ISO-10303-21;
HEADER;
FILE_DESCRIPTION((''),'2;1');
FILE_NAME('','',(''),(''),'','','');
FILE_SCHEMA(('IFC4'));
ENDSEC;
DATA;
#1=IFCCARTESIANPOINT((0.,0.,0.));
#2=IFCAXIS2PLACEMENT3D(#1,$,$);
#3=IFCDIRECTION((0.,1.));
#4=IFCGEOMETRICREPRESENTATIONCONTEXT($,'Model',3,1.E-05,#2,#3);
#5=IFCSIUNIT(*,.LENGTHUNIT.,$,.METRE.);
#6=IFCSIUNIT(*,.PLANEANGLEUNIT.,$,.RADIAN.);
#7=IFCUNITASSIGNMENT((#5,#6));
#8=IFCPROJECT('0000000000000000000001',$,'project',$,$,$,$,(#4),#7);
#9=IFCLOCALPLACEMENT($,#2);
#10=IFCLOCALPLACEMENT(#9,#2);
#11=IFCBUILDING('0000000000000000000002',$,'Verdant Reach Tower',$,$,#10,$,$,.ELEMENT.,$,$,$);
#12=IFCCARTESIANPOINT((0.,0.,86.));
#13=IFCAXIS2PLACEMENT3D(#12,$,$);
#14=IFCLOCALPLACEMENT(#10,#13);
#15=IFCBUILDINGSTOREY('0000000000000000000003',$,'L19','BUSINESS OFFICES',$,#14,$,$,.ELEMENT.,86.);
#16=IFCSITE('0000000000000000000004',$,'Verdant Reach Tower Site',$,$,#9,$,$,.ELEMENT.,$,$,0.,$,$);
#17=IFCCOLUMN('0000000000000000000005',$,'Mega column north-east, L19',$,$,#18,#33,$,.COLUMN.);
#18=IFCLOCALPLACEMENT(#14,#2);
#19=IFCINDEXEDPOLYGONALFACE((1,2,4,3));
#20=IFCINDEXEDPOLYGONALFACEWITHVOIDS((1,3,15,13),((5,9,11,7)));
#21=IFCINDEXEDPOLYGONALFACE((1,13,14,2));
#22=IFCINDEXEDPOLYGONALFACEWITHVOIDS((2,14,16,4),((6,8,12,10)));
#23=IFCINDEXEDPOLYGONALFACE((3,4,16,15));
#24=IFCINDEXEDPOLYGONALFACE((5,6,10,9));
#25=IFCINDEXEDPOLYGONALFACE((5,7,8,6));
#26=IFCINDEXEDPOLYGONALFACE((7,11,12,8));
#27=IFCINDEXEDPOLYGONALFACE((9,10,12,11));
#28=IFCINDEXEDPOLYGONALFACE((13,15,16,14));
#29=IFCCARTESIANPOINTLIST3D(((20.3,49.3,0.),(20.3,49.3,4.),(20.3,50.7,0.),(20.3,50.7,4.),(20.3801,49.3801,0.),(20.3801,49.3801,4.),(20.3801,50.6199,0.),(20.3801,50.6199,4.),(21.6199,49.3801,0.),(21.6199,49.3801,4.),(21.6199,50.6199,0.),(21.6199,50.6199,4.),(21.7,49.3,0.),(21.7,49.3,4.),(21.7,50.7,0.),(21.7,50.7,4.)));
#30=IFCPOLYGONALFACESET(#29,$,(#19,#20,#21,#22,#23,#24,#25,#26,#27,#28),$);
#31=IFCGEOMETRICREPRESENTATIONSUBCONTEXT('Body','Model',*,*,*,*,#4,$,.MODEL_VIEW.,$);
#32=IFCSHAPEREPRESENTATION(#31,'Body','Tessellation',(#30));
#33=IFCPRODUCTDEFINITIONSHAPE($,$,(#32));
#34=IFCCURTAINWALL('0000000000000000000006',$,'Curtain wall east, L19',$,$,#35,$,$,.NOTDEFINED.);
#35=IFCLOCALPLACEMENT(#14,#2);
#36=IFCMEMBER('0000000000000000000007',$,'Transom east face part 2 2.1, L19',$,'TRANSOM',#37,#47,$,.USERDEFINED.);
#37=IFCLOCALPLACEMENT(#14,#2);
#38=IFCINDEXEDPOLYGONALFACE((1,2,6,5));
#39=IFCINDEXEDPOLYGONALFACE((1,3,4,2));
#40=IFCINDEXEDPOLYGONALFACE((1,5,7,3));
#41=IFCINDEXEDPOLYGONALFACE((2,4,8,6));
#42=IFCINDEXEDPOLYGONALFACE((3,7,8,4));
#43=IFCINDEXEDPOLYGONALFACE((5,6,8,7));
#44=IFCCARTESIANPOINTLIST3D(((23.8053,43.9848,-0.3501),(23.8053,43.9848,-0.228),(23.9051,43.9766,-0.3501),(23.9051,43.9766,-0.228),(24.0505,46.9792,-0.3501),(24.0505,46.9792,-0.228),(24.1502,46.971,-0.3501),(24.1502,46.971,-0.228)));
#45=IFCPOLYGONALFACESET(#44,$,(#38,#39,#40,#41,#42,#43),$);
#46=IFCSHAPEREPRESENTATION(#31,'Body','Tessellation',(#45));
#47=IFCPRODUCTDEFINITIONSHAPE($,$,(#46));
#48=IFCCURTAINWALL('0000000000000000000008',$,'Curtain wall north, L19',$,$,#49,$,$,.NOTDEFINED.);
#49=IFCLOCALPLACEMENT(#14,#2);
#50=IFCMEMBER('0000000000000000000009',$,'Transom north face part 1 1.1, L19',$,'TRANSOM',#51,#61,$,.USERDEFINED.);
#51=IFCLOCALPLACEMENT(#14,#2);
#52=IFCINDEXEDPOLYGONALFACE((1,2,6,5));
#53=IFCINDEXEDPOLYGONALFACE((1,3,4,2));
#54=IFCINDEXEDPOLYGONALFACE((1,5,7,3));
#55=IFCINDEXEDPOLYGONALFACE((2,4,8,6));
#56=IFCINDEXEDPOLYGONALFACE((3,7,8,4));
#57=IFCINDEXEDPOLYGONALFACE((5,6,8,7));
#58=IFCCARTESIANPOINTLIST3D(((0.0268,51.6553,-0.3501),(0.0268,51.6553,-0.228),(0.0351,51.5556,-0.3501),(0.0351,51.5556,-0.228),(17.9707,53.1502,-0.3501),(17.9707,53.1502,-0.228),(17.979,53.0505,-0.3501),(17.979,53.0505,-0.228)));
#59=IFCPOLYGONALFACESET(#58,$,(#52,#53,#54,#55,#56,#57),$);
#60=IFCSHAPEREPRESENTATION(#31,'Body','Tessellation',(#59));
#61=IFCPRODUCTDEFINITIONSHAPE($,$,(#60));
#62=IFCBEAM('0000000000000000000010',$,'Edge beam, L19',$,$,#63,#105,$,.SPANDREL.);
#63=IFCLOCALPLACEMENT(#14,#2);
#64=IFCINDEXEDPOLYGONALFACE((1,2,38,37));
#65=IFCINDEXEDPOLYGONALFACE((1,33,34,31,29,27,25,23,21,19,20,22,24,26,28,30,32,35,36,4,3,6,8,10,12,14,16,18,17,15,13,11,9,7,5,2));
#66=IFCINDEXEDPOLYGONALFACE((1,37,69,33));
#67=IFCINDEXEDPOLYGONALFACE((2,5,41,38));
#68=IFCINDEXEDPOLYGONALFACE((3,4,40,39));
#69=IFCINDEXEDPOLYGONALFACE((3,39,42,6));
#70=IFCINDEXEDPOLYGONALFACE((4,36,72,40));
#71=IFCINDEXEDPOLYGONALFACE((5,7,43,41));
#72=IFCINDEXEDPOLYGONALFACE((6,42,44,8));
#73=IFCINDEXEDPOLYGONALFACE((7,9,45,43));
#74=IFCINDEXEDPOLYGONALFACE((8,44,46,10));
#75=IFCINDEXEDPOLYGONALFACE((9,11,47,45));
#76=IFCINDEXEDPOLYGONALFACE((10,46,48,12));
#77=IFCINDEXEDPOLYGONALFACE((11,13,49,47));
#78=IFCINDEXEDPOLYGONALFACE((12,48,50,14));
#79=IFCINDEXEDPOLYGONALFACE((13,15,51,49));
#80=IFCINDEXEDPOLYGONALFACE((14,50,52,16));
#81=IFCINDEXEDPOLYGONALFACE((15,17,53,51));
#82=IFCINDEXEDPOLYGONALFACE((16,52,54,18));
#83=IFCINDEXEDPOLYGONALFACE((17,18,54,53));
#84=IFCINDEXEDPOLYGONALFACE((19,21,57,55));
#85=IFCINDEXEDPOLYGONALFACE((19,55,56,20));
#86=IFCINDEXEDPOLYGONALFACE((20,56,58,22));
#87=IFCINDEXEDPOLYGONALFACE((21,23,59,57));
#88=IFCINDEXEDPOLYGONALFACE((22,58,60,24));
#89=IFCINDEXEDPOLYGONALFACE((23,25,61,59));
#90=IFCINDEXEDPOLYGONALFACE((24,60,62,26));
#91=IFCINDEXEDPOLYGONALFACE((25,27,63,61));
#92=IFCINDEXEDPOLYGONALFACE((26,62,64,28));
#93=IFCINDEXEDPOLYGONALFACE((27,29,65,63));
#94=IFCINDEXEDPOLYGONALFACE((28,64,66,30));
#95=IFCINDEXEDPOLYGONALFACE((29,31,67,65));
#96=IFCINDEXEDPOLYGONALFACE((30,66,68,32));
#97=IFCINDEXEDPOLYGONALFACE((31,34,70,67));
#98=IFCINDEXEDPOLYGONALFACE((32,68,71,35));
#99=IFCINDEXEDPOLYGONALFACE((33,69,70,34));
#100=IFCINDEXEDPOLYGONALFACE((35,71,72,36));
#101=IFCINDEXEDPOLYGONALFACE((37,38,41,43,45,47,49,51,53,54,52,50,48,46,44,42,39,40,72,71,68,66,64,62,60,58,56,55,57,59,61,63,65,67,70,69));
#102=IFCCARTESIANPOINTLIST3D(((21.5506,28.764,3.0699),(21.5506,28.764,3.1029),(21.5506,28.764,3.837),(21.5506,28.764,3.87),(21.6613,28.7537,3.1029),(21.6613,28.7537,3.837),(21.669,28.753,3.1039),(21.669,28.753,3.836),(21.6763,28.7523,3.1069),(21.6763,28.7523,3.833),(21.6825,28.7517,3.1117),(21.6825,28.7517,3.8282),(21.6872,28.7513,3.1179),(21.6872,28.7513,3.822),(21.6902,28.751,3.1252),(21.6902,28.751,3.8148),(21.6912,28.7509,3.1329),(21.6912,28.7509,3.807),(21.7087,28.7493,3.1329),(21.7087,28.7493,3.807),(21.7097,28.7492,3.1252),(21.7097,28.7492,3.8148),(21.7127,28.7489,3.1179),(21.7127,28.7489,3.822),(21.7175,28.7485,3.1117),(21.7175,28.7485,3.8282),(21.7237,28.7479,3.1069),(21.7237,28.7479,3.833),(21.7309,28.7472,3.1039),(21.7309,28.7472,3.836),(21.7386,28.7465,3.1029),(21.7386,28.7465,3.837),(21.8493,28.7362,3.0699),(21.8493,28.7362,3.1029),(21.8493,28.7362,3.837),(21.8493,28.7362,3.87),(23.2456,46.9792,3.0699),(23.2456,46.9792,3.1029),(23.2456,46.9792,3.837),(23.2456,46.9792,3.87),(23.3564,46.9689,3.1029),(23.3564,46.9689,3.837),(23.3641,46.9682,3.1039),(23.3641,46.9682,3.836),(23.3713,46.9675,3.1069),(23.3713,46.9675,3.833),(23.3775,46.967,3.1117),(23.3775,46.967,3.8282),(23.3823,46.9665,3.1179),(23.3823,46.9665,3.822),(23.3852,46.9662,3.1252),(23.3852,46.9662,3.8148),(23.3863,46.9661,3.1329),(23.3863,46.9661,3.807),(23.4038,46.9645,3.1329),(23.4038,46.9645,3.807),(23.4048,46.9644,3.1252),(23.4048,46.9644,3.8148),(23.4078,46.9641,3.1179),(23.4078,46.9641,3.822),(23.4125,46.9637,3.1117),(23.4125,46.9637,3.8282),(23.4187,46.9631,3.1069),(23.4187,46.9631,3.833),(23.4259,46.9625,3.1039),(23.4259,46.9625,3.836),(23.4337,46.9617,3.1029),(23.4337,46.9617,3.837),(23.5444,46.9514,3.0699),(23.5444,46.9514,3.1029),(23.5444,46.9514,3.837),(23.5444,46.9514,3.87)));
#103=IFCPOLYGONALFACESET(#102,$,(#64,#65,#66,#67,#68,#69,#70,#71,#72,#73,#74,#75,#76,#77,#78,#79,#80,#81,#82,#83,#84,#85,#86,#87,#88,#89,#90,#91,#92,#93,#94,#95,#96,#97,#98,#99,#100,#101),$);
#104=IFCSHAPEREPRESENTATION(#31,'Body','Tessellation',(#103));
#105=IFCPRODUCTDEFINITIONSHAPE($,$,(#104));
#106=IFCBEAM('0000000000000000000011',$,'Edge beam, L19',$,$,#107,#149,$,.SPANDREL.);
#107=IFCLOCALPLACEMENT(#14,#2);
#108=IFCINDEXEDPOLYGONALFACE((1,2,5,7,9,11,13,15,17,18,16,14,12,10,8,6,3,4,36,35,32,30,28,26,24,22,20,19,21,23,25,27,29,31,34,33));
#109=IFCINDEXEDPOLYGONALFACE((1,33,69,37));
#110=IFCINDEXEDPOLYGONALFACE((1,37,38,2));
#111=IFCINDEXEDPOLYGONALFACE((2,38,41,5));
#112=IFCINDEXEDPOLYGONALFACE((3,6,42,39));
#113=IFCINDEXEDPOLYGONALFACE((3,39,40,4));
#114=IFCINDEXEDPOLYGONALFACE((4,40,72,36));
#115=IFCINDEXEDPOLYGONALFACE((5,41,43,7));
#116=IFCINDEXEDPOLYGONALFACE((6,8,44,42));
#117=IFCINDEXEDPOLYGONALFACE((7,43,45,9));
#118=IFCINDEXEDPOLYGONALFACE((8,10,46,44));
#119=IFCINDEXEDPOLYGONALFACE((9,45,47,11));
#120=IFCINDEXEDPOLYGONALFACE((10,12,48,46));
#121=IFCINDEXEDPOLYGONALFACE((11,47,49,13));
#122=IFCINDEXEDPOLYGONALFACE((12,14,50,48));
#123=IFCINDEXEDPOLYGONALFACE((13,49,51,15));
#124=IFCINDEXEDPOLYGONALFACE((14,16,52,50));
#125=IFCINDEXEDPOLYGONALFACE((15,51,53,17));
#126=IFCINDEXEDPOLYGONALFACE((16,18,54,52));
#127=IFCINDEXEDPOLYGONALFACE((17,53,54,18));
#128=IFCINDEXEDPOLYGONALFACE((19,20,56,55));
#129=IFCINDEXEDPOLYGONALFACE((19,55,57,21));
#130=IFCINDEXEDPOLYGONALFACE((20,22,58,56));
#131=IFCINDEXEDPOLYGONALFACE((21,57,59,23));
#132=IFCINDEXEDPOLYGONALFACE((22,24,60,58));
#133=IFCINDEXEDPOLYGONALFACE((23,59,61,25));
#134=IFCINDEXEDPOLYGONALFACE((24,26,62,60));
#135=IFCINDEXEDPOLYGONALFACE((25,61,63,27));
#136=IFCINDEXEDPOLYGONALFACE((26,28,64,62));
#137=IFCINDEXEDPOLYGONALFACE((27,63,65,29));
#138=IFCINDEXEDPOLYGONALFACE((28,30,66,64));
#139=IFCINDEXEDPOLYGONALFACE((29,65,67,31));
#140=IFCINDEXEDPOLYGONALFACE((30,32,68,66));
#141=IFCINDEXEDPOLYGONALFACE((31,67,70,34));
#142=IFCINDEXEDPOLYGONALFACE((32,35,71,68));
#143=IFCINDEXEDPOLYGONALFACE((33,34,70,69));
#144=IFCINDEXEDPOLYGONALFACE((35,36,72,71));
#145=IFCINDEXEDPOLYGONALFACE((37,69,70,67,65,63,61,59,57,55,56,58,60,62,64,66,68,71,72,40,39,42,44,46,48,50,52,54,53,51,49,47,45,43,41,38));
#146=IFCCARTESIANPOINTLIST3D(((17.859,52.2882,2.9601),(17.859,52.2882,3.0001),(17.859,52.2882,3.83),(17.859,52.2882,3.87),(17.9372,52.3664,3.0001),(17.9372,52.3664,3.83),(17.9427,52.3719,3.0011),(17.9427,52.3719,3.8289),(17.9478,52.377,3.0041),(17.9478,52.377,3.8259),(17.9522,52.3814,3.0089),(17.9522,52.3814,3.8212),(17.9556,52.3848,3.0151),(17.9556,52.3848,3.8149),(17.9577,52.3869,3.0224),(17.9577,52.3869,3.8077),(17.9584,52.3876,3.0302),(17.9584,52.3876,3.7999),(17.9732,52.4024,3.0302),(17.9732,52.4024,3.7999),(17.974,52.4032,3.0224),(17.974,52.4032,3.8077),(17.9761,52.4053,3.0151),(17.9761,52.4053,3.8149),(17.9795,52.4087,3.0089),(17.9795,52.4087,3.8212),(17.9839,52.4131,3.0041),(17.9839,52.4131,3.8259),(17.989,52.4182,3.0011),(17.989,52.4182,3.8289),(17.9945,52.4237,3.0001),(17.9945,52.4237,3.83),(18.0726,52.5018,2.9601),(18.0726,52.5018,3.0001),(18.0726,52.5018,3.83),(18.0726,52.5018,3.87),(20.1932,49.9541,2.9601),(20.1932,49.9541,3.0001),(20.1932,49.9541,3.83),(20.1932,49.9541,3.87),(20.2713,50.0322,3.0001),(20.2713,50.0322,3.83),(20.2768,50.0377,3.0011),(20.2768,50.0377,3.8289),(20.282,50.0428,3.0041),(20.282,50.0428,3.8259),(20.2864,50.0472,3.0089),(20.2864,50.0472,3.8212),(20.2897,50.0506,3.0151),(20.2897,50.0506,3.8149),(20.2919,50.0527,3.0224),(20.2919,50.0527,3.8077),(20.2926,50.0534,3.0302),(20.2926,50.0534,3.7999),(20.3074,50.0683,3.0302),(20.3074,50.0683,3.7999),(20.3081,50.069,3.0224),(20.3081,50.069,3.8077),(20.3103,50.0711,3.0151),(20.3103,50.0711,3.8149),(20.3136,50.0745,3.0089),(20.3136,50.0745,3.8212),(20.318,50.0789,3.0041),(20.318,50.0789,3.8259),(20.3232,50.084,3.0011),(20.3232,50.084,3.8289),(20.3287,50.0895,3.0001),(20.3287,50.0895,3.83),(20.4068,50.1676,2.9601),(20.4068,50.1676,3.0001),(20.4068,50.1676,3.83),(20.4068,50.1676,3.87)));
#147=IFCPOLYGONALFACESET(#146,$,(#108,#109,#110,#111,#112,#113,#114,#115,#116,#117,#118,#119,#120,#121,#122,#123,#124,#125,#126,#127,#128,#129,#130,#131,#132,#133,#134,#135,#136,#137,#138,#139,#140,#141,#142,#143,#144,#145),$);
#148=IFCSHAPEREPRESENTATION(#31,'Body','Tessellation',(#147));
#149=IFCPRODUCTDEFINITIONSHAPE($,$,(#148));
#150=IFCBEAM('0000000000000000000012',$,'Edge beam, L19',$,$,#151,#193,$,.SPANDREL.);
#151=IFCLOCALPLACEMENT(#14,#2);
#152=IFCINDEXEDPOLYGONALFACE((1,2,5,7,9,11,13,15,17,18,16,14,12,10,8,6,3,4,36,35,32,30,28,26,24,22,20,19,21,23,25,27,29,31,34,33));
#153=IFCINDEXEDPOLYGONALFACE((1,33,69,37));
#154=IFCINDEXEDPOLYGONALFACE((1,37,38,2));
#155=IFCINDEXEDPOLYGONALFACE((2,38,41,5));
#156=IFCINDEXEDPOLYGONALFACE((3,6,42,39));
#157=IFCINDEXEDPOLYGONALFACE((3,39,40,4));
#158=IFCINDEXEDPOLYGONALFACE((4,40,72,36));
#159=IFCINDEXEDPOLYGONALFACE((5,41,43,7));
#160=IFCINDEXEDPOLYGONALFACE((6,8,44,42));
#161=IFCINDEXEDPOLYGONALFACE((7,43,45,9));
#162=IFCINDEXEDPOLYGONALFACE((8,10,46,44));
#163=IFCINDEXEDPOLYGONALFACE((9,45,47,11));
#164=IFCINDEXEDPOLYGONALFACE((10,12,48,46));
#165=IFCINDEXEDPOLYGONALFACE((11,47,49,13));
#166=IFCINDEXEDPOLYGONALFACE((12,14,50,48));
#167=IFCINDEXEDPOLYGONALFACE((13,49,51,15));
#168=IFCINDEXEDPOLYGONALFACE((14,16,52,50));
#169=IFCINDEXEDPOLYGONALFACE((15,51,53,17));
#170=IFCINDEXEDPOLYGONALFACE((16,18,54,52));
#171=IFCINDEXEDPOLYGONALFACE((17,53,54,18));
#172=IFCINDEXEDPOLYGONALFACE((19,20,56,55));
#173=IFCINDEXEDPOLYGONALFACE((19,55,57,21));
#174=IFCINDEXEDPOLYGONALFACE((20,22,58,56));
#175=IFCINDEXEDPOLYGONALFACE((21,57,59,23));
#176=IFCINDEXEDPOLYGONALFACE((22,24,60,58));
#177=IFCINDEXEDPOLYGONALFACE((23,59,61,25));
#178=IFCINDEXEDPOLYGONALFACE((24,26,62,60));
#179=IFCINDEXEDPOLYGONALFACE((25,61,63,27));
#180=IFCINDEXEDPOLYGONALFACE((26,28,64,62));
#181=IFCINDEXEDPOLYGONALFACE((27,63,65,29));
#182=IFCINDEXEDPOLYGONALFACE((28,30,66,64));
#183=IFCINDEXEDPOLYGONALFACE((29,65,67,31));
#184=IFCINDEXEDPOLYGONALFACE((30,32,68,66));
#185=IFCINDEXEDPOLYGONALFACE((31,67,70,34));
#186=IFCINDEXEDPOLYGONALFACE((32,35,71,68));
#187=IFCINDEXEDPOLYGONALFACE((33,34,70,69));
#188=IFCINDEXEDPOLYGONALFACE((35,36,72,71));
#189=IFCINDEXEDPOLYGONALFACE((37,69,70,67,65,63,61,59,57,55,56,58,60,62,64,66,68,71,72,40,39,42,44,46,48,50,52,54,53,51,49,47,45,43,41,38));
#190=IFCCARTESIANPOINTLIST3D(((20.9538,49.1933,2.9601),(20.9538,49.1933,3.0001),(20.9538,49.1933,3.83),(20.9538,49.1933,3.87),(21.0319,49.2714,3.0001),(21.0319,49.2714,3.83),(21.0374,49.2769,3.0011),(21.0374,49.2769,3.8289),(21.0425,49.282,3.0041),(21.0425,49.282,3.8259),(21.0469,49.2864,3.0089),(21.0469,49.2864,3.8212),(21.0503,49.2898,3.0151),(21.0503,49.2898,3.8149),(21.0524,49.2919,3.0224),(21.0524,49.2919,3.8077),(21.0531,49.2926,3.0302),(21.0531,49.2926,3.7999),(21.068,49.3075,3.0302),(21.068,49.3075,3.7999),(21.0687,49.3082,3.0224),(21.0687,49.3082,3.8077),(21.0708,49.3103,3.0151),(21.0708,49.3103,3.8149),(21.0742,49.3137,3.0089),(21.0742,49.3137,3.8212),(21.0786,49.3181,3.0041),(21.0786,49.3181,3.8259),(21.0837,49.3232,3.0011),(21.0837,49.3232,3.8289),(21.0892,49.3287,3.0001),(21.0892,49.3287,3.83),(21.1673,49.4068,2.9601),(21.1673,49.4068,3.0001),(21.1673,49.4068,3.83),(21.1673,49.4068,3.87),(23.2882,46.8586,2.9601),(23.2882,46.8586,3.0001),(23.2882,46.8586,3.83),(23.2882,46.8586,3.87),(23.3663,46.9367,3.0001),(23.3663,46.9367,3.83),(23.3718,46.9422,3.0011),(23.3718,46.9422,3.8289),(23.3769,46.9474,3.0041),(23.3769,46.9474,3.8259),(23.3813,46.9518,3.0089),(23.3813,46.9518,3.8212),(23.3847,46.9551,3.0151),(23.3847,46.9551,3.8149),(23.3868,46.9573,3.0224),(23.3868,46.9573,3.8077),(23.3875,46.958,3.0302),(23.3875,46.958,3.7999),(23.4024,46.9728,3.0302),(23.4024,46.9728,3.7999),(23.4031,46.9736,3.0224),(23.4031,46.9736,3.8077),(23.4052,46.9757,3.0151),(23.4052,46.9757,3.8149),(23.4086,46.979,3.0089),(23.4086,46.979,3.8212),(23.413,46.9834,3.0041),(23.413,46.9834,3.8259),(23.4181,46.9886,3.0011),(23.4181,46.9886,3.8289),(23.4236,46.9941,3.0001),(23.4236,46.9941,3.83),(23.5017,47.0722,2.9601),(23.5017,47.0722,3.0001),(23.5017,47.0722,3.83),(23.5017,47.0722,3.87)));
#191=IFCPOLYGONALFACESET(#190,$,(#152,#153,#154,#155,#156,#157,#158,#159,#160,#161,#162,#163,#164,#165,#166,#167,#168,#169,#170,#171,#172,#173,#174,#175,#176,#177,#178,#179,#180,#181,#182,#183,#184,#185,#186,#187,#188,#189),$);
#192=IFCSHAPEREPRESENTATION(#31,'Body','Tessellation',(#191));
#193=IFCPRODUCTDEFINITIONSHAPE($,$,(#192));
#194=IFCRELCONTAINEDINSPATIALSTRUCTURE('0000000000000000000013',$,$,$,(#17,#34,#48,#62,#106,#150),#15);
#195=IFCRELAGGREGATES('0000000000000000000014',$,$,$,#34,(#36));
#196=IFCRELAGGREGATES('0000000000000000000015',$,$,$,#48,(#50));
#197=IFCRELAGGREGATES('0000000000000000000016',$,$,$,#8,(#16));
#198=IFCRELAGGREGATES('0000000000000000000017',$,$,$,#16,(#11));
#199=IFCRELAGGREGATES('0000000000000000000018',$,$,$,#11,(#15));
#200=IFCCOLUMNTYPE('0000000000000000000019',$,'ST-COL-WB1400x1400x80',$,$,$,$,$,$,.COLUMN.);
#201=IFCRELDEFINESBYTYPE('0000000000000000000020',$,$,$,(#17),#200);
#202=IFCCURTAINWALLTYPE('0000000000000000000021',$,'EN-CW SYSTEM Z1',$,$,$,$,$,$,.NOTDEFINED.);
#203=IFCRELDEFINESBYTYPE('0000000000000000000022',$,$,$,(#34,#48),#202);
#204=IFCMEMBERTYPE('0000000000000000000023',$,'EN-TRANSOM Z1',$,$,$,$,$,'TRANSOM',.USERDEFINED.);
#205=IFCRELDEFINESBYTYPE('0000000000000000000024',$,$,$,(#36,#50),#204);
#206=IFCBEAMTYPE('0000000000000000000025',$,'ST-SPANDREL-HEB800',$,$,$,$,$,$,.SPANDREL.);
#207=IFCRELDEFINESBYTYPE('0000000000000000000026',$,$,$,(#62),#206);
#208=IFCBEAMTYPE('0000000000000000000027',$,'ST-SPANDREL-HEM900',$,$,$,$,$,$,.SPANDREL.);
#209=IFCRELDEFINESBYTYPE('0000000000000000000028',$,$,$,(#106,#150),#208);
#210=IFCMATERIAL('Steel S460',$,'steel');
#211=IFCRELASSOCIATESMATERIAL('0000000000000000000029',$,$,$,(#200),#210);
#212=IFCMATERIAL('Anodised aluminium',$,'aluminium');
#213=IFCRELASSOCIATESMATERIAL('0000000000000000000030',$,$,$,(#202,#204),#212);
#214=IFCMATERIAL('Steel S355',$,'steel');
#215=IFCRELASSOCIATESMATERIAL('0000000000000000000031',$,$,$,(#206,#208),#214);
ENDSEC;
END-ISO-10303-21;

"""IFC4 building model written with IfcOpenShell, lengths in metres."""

from ifc_helpers import new_model, si_unit, direction, frame, origin, origin_2d, place, context, subcontext, project, spatial, rectangle, hollow_rectangle, i_section, extrude, material, material_profile, profile_set, type_object, element, aggregate, save


model = new_model("IFC4")

# Units and contexts
model_context = context("Model", 3, precision=1e-05, world=origin(), true_north=direction((0.0, 1.0)))
body_context = subcontext(model_context, "Body", "Model", "MODEL_VIEW")
ifc_project = project(units=[si_unit("LENGTHUNIT", "METRE"), si_unit("PLANEANGLEUNIT", "RADIAN")], contexts=[model_context])

# Site, building, storey
site_placement = place(None, origin())
site = spatial("IfcSite", under=ifc_project, at=site_placement, Name="Verdant Reach Tower Site", CompositionType="ELEMENT", RefElevation=0.0)
building_placement = place(site_placement, origin())
building = spatial("IfcBuilding", under=site, at=building_placement, Name="Verdant Reach Tower", CompositionType="ELEMENT")
storey_placement = place(building_placement, frame((0.0, 0.0, 86.0)))
storey = spatial("IfcBuildingStorey", under=building, at=storey_placement, Name="L19", Description="BUSINESS OFFICES", CompositionType="ELEMENT", Elevation=86.0)

# Column
ifc_material_1 = material(Name="Steel S460", Category="steel")
ifc_material_profile_1 = material_profile(ifc_material_1, hollow_rectangle(XDim=1.3999, YDim=1.3999, WallThickness=0.0801, at=origin_2d()), Name="WB 1400x1400x80")
ifc_profile_set_1 = profile_set([ifc_material_profile_1], Name="Steel S460")
column_type = type_object("IfcColumnType", Name="ST-COL-WB1400x1400x80", PredefinedType="COLUMN", material=ifc_profile_set_1)
column_placement = place(storey_placement, frame((21.0, 50.0, 0.0), z_axis=(0.0, 0.0, 1.0), x_axis=(1.0, 0.0, 0.0)))
element("IfcColumn", 1, at=column_placement, inside=storey, type_object=column_type, Name="Mega column north-east, L19", PredefinedType="COLUMN", context=body_context, shape_type="SweptSolid", body=[
    extrude(hollow_rectangle(XDim=1.3999, YDim=1.3999, WallThickness=0.0801, at=origin_2d()), origin(), (0.0, 0.0, 1.0), 4.0),
])

# Curtain walls, members
ifc_material_2 = material(Name="Anodised aluminium", Category="aluminium")
curtain_wall_type = type_object("IfcCurtainWallType", Name="EN-CW SYSTEM Z1", PredefinedType="NOTDEFINED", material=ifc_material_2)
curtain_wall_1_placement = place(storey_placement, origin())
curtain_wall_1 = element("IfcCurtainWall", 2, at=curtain_wall_1_placement, inside=storey, type_object=curtain_wall_type, Name="Curtain wall east, L19", PredefinedType="NOTDEFINED")
ifc_material_profile_2 = material_profile(ifc_material_2, rectangle(XDim=0.1001, YDim=0.1221, at=origin_2d()), Name="Transom 122x100")
ifc_profile_set_2 = profile_set([ifc_material_profile_2], Name="Anodised aluminium")
member_type = type_object("IfcMemberType", Name="EN-TRANSOM Z1", ElementType="TRANSOM", PredefinedType="USERDEFINED", material=ifc_profile_set_2)
member_1_placement = place(storey_placement, frame((23.8552, 43.9807, -0.2891), z_axis=(0.081586, 0.996666, 0.0), x_axis=(-0.996666, 0.081586, 0.0)))
member_1 = element("IfcMember", 3, at=member_1_placement, type_object=member_type, Name="Transom east face part 2 2.1, L19", ObjectType="TRANSOM", PredefinedType="USERDEFINED", context=body_context, shape_type="SweptSolid", body=[
    extrude(rectangle(XDim=0.1001, YDim=0.1221, at=origin_2d()), origin(), (0.0, 0.0, 1.0), 3.0044),
])
curtain_wall_2_placement = place(storey_placement, origin())
curtain_wall_2 = element("IfcCurtainWall", 4, at=curtain_wall_2_placement, inside=storey, type_object=curtain_wall_type, Name="Curtain wall north, L19", PredefinedType="NOTDEFINED")
member_2_placement = place(storey_placement, frame((17.9749, 53.1003, -0.2891), z_axis=(-0.996548, -0.083021, 0.0), x_axis=(0.083021, -0.996548, 0.0)))
member_2 = element("IfcMember", 5, at=member_2_placement, type_object=member_type, Name="Transom north face part 1 1.1, L19", ObjectType="TRANSOM", PredefinedType="USERDEFINED", context=body_context, shape_type="SweptSolid", body=[
    extrude(rectangle(XDim=0.1001, YDim=0.1221, at=origin_2d()), origin(), (0.0, 0.0, 1.0), 18.0061),
])

# Beams
ifc_material_3 = material(Name="Steel S355", Category="steel")
ifc_material_profile_3 = material_profile(ifc_material_3, i_section(OverallWidth=0.3, OverallDepth=0.8, WebThickness=0.0176, FlangeThickness=0.033, FilletRadius=0.03, at=origin_2d()), Name="HEB 800")
ifc_profile_set_3 = profile_set([ifc_material_profile_3], Name="Steel S355")
beam_type_1 = type_object("IfcBeamType", Name="ST-SPANDREL-HEB800", PredefinedType="SPANDREL", material=ifc_profile_set_3)
beam_1_placement = place(storey_placement, frame((23.395, 46.9653, 3.47), z_axis=(-0.092657, -0.995698, 0.0), x_axis=(0.995698, -0.092657, 0.0)))
element("IfcBeam", 6, at=beam_1_placement, inside=storey, type_object=beam_type_1, Name="Edge beam, L19", PredefinedType="SPANDREL", context=body_context, shape_type="SweptSolid", body=[
    extrude(i_section(OverallWidth=0.3, OverallDepth=0.8, WebThickness=0.0176, FlangeThickness=0.033, FilletRadius=0.03, at=origin_2d()), origin(), (0.0, 0.0, 1.0), 18.2939),
])
ifc_material_profile_4 = material_profile(ifc_material_3, i_section(OverallWidth=0.302, OverallDepth=0.9099, WebThickness=0.021, FlangeThickness=0.04, FilletRadius=0.03, at=origin_2d()), Name="HEM 900")
ifc_profile_set_4 = profile_set([ifc_material_profile_4], Name="Steel S355")
beam_type_2 = type_object("IfcBeamType", Name="ST-SPANDREL-HEM900", PredefinedType="SPANDREL", material=ifc_profile_set_4)
beam_2_placement = place(storey_placement, frame((17.9658, 52.395, 3.415), z_axis=(0.707107, -0.707107, 0.0), x_axis=(0.707107, 0.707107, 0.0)))
element("IfcBeam", 7, at=beam_2_placement, inside=storey, type_object=beam_type_2, Name="Edge beam, L19", PredefinedType="SPANDREL", context=body_context, shape_type="SweptSolid", body=[
    extrude(i_section(OverallWidth=0.302, OverallDepth=0.9099, WebThickness=0.021, FlangeThickness=0.04, FilletRadius=0.03, at=origin_2d()), origin(), (0.0, 0.0, 1.0), 3.301),
])
beam_3_placement = place(storey_placement, frame((21.0605, 49.3, 3.415), z_axis=(0.70707, -0.707144, 0.0), x_axis=(0.707144, 0.70707, 0.0)))
element("IfcBeam", 8, at=beam_3_placement, inside=storey, type_object=beam_type_2, Name="Edge beam, L19", PredefinedType="SPANDREL", context=body_context, shape_type="SweptSolid", body=[
    extrude(i_section(OverallWidth=0.302, OverallDepth=0.9099, WebThickness=0.021, FlangeThickness=0.04, FilletRadius=0.03, at=origin_2d()), origin(), (0.0, 0.0, 1.0), 3.3015),
])

aggregate(curtain_wall_1, [member_1])

aggregate(curtain_wall_2, [member_2])

save(model, "model.ifc")
